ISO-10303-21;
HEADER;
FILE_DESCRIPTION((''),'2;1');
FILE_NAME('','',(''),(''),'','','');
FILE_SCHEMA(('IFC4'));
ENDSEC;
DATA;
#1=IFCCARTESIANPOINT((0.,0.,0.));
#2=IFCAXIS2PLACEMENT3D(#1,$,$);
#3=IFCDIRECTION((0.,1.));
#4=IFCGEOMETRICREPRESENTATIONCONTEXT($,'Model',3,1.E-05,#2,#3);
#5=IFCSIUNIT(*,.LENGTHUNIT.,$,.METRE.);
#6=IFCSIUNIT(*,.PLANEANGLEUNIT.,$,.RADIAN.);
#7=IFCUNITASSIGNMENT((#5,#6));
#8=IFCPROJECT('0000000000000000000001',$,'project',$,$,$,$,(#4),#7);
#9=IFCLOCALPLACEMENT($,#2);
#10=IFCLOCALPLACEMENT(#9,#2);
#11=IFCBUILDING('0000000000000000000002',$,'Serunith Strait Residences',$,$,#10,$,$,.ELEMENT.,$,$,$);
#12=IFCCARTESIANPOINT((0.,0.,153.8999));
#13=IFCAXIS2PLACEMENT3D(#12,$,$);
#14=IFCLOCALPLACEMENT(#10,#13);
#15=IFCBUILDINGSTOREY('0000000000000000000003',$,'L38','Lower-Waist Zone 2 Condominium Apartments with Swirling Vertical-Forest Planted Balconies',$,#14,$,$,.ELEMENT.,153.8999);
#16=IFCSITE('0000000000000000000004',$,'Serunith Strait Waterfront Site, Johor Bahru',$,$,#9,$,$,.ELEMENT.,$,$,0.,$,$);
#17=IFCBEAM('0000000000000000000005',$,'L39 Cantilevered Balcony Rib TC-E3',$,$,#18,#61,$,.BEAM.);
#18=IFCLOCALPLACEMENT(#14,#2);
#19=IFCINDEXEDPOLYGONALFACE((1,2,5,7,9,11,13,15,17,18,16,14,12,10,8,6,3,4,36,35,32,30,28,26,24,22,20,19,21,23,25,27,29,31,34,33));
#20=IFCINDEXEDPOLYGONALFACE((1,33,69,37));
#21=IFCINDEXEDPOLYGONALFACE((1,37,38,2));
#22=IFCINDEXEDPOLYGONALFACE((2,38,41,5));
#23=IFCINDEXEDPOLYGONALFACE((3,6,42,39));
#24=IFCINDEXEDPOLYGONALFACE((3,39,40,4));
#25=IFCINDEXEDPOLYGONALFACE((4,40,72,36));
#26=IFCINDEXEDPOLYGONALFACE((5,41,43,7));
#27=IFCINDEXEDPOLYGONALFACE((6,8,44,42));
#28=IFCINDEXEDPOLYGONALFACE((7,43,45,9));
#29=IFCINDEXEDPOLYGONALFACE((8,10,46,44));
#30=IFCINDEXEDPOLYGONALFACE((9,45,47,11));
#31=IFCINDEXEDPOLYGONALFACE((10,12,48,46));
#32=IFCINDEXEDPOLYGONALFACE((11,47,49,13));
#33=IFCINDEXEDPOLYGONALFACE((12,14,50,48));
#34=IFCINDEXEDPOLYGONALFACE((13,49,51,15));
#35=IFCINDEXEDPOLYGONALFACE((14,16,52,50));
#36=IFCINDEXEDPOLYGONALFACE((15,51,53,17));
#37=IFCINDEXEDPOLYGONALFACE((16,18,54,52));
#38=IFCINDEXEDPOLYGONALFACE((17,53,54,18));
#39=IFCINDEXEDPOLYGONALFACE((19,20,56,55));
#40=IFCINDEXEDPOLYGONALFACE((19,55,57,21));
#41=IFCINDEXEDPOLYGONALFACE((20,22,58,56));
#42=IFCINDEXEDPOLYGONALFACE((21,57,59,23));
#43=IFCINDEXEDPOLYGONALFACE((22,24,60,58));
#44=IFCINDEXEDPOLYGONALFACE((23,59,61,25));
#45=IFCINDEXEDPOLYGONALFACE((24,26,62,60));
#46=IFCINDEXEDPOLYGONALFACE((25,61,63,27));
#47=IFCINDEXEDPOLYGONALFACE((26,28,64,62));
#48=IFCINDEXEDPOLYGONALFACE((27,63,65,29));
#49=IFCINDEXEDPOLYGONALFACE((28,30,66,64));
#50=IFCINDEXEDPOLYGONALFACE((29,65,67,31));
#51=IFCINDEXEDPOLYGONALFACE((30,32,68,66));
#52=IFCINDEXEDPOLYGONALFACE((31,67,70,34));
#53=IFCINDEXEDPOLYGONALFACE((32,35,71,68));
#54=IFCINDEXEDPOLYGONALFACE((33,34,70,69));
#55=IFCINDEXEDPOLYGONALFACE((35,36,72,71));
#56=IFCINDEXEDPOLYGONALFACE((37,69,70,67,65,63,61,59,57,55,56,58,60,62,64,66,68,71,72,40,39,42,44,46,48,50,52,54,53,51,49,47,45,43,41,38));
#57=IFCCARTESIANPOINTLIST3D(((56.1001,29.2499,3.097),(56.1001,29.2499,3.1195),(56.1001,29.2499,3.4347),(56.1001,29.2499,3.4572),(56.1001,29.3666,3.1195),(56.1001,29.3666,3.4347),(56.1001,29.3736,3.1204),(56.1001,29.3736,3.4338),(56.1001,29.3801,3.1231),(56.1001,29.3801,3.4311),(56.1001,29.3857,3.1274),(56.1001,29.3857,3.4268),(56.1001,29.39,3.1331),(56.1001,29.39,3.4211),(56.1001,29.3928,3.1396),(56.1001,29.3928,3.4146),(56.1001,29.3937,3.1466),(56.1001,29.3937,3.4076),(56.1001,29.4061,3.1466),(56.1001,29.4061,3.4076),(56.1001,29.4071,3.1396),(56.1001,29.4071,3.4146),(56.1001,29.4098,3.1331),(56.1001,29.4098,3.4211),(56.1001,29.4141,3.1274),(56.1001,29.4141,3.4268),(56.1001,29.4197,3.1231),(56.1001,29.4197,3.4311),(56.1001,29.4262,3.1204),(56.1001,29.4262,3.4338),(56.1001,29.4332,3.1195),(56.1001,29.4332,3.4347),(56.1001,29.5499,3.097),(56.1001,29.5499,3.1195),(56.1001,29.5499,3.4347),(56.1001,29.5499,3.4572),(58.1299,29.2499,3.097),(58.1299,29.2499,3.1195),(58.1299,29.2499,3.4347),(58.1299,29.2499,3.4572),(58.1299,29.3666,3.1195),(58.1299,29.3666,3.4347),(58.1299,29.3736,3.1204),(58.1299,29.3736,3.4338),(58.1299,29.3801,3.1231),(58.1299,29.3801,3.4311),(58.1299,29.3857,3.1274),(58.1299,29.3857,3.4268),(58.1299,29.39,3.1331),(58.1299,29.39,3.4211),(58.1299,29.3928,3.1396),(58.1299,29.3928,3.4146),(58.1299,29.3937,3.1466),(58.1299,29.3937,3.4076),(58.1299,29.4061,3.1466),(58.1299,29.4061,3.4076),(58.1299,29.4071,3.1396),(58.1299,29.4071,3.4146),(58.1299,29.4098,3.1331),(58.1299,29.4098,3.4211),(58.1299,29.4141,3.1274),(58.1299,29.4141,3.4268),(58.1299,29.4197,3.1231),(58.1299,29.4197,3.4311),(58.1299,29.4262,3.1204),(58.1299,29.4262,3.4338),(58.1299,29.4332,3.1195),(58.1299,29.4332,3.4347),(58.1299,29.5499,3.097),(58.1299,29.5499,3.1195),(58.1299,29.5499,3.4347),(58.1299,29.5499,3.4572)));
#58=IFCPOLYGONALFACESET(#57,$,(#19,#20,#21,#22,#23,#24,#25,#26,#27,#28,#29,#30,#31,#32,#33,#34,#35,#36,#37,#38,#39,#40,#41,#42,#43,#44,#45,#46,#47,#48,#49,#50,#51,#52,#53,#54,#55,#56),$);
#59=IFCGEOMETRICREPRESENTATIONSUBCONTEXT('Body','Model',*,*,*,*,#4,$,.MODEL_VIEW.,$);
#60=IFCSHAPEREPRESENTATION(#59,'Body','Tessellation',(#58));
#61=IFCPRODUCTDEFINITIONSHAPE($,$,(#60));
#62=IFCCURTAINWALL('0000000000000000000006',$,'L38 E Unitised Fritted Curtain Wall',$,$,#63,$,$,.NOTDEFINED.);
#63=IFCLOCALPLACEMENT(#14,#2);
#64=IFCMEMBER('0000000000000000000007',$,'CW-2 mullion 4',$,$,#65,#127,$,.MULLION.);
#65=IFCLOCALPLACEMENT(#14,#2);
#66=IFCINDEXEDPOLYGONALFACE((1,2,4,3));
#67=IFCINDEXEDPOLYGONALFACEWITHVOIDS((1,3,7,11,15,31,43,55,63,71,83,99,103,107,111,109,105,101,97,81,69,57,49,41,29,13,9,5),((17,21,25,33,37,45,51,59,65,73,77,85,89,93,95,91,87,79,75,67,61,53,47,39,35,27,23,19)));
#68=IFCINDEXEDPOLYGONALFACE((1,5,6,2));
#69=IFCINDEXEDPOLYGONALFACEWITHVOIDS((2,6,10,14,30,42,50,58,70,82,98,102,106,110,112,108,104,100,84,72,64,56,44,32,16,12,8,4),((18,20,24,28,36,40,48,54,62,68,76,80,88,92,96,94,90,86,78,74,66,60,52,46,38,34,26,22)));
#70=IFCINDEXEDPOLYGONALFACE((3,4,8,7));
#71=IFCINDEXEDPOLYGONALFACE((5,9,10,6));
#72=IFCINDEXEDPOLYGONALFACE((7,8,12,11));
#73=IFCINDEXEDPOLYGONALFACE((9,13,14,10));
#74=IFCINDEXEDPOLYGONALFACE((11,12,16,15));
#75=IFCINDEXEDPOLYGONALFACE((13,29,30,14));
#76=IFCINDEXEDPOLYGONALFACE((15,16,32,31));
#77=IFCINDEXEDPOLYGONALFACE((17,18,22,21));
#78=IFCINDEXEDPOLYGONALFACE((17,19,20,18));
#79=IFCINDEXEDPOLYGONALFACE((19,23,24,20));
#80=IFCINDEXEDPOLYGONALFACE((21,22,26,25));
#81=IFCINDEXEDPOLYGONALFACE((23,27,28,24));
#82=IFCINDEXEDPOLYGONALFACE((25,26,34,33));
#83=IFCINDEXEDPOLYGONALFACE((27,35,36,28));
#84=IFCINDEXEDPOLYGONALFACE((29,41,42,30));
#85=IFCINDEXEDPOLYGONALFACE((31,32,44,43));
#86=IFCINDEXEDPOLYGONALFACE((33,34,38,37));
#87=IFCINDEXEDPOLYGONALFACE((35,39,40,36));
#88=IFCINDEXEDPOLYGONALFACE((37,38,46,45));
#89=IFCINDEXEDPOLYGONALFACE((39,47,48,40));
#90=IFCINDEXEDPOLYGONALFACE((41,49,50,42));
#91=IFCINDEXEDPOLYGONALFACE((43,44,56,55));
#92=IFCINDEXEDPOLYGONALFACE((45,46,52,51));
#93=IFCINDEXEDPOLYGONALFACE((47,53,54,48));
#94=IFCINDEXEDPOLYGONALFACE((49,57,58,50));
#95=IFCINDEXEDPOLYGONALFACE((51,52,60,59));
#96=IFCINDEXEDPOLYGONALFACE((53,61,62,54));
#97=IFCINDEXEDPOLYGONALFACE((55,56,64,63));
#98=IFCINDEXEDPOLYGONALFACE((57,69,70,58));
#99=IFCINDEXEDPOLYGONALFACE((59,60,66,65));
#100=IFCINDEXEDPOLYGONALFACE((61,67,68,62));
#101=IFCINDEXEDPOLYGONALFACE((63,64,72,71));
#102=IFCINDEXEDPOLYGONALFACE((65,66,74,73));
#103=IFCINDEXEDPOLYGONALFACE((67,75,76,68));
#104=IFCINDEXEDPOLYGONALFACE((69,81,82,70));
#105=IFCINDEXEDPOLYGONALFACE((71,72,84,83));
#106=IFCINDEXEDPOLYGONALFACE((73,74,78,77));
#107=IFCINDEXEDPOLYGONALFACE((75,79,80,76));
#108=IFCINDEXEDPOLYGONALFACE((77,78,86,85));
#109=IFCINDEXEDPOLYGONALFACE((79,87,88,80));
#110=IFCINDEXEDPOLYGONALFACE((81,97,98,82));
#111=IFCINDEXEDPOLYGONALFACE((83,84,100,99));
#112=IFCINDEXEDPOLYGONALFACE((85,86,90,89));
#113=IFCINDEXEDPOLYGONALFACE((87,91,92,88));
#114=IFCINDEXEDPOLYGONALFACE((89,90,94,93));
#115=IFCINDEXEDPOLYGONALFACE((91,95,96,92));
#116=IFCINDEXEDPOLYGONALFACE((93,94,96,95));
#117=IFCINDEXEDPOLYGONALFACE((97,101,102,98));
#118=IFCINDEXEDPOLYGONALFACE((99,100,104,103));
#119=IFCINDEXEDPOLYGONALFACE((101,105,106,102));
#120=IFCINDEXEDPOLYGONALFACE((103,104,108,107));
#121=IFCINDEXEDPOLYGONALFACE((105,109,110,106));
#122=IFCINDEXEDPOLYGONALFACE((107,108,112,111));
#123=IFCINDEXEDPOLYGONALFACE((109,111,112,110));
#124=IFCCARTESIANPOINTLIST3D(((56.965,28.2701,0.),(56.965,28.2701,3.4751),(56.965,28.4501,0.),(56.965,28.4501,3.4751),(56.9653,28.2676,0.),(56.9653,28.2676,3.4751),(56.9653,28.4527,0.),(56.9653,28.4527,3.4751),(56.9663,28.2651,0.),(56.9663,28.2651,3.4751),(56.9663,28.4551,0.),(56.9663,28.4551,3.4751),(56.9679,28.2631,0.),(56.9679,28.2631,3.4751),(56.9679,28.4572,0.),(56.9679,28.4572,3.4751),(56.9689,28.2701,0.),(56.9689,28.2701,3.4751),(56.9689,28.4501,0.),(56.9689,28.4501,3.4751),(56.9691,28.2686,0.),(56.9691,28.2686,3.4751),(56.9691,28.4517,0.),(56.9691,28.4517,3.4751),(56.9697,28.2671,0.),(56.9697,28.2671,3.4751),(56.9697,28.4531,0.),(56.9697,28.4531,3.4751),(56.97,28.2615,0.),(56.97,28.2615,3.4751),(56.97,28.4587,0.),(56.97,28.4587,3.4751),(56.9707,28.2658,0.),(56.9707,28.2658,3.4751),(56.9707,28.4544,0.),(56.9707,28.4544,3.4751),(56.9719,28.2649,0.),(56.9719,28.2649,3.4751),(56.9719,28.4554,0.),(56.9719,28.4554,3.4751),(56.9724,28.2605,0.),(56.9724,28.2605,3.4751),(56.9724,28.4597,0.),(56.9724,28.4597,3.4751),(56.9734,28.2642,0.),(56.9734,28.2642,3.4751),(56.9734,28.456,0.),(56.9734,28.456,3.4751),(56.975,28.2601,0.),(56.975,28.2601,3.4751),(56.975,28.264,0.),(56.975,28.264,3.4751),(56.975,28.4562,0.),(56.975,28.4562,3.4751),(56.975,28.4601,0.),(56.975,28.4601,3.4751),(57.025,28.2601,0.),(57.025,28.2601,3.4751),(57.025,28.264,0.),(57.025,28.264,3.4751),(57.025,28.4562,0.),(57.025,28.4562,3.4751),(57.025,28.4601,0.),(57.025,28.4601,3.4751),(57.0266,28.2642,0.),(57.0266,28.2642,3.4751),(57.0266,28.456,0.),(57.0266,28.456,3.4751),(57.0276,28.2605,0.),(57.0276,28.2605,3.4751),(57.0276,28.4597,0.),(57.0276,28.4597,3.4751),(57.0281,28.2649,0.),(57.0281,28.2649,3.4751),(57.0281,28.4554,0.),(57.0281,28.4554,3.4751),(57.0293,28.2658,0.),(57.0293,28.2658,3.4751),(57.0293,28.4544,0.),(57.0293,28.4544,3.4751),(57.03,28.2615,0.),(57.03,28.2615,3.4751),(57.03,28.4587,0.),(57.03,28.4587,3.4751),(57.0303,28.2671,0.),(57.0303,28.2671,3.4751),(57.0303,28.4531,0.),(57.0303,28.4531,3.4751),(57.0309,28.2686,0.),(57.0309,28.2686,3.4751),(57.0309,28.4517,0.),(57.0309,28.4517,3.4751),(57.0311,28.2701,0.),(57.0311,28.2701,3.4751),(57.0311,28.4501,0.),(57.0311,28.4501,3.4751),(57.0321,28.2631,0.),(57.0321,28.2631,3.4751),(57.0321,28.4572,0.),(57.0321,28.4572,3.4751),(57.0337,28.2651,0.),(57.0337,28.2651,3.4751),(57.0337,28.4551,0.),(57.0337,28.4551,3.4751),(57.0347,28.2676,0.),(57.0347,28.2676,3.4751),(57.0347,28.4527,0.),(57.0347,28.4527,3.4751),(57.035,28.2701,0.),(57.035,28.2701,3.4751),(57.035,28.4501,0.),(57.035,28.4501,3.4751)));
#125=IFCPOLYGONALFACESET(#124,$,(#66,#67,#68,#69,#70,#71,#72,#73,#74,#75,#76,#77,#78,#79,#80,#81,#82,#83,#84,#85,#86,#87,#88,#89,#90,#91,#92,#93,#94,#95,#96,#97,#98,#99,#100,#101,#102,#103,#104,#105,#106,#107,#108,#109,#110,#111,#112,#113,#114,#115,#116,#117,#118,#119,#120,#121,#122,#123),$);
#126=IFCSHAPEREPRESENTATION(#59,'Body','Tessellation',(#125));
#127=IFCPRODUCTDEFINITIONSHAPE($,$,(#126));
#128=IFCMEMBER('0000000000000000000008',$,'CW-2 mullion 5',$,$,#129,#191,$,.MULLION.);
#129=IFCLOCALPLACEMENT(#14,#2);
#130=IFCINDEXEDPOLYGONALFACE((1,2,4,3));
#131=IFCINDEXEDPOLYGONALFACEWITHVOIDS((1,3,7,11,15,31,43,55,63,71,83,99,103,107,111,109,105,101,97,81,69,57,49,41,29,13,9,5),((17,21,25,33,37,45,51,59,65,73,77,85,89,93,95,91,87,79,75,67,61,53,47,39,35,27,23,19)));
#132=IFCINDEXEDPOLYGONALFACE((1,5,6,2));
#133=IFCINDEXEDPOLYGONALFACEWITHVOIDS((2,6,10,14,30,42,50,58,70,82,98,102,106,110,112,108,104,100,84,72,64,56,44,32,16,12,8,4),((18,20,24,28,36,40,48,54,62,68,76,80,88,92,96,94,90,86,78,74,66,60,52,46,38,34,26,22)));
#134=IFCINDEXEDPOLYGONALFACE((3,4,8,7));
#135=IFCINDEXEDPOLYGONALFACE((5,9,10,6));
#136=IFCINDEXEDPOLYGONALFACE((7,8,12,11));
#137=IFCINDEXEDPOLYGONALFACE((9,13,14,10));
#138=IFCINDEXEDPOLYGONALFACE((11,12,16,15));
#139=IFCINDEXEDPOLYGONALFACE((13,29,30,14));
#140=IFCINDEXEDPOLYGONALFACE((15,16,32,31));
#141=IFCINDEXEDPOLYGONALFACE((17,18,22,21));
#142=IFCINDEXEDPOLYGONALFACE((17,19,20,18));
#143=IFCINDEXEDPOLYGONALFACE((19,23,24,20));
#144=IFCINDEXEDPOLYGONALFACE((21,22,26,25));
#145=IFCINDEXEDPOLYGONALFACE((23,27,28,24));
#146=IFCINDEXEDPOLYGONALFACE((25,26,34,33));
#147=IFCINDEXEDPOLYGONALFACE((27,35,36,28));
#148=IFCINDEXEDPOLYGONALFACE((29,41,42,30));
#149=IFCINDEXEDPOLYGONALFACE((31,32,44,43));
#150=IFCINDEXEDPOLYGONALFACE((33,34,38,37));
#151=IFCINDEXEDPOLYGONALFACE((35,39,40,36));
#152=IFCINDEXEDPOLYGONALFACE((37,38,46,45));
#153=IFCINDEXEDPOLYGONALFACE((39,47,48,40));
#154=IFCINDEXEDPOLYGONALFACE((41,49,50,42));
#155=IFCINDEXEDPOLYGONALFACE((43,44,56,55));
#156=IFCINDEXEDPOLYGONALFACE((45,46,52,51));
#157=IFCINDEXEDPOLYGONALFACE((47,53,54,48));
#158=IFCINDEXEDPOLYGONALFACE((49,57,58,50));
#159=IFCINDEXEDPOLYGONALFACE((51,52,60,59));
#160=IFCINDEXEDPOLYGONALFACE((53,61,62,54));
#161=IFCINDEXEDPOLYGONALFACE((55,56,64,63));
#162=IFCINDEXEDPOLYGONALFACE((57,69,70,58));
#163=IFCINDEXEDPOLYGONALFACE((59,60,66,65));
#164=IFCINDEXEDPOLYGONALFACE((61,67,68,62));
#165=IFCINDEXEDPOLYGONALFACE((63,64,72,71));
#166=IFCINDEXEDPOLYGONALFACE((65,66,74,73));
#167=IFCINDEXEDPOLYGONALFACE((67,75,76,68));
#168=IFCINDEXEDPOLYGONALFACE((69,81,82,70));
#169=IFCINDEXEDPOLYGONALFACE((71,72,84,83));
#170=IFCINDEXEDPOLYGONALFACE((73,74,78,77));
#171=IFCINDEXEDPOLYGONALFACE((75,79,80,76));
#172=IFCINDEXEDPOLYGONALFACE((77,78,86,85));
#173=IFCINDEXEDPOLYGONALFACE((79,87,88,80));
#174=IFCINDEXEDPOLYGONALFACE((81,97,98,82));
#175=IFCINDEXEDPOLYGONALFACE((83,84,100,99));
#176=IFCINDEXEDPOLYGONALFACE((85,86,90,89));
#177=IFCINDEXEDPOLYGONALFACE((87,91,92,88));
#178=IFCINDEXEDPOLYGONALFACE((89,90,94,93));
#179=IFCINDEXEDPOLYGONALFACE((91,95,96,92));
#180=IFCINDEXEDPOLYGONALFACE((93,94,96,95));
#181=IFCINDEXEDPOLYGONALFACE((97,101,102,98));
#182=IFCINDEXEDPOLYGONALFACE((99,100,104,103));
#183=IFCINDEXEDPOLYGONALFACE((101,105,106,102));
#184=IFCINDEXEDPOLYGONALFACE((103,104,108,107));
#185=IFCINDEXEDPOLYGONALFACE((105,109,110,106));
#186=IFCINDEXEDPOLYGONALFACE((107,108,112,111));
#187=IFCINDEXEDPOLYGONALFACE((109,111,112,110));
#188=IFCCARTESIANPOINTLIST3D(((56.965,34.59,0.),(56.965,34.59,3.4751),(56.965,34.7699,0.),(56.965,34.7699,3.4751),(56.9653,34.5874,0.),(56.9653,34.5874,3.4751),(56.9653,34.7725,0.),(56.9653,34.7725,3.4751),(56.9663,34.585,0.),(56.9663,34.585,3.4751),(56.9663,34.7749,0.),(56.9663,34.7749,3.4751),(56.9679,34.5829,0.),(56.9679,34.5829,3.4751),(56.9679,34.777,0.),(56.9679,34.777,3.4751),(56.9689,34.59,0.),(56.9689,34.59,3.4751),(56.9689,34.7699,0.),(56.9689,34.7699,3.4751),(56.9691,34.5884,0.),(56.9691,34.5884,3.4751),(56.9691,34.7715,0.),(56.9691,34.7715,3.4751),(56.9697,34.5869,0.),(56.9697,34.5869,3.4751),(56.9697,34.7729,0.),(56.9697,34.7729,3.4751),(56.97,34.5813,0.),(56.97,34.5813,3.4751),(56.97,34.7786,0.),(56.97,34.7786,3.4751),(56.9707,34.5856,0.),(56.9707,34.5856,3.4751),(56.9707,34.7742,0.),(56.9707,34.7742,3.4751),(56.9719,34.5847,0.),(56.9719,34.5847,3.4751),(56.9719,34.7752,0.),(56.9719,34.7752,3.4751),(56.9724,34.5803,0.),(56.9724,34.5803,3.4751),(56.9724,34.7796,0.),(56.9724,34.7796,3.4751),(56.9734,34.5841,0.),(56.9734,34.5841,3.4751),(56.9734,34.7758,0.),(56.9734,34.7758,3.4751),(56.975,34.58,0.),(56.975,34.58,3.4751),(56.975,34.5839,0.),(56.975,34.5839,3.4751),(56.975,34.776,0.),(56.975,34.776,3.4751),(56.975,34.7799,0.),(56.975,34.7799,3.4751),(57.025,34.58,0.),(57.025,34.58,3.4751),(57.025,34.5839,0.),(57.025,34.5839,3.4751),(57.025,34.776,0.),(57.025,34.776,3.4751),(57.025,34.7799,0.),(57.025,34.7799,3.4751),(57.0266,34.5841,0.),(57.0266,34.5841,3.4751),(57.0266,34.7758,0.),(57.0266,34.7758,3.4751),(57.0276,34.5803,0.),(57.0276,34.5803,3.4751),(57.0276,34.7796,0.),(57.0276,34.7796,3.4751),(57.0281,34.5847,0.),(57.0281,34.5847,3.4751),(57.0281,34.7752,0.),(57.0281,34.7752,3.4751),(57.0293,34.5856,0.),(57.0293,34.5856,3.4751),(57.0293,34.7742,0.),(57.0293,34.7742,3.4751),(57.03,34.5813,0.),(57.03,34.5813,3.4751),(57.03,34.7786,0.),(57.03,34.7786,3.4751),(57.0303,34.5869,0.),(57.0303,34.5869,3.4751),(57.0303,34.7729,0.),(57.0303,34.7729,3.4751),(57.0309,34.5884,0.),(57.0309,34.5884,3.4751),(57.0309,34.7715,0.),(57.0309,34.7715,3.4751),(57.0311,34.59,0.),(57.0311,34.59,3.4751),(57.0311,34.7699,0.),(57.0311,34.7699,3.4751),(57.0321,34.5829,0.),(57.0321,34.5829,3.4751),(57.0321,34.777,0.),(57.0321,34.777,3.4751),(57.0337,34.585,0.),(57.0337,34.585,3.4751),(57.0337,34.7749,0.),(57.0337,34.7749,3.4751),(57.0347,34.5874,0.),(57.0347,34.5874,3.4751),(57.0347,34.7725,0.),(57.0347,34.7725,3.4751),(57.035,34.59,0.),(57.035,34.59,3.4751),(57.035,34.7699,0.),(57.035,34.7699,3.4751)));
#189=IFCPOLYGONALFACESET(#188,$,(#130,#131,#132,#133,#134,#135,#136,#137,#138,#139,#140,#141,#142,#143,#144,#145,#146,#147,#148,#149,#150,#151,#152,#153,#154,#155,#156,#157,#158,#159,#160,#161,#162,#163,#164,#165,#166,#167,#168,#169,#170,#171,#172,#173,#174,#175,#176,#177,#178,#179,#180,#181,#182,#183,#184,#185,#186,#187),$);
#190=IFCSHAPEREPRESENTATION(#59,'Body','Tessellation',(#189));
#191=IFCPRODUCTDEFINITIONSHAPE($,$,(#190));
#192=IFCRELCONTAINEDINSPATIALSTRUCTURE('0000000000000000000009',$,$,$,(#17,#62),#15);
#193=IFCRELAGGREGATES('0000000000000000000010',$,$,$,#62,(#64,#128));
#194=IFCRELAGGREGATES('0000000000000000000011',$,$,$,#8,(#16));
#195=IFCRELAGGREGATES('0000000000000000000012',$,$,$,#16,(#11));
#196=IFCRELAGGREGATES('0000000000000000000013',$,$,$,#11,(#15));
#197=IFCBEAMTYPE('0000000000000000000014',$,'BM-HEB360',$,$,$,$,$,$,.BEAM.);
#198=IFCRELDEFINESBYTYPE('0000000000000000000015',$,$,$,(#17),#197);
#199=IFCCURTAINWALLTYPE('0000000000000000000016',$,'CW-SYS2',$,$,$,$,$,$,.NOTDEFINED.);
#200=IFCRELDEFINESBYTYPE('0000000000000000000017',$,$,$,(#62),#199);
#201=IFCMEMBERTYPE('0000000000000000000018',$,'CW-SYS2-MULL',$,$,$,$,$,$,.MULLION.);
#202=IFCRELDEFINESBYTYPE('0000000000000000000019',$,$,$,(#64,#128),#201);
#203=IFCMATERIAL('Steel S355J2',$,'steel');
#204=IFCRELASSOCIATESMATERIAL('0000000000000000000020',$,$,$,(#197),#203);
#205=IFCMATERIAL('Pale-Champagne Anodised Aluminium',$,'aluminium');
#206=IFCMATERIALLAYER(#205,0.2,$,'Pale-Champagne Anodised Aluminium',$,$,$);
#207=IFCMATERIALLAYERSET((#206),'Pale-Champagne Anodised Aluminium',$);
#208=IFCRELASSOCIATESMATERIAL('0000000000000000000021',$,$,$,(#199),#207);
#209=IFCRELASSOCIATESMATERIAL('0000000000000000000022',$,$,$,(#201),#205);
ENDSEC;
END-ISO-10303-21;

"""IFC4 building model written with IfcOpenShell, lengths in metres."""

from ifc_helpers import new_model, si_unit, direction, frame, origin, origin_2d, place, context, subcontext, project, spatial, hollow_rectangle, i_section, extrude, source, transform, mapped, material, layer, layer_set, material_profile, profile_set, type_object, element, aggregate, save


model = new_model("IFC4")

# Units and contexts
model_context = context("Model", 3, precision=1e-05, world=origin(), true_north=direction((0.0, 1.0)))
body_context = subcontext(model_context, "Body", "Model", "MODEL_VIEW")
ifc_project = project(units=[si_unit("LENGTHUNIT", "METRE"), si_unit("PLANEANGLEUNIT", "RADIAN")], contexts=[model_context])

# Site, building, storey
site_placement = place(None, origin())
site = spatial("IfcSite", under=ifc_project, at=site_placement, Name="Serunith Strait Waterfront Site, Johor Bahru", CompositionType="ELEMENT", RefElevation=0.0)
building_placement = place(site_placement, origin())
building = spatial("IfcBuilding", under=site, at=building_placement, Name="Serunith Strait Residences", CompositionType="ELEMENT")
storey_placement = place(building_placement, frame((0.0, 0.0, 153.8999)))
storey = spatial("IfcBuildingStorey", under=building, at=storey_placement, Name="L38", Description="Lower-Waist Zone 2 Condominium Apartments with Swirling Vertical-Forest Planted Balconies", CompositionType="ELEMENT", Elevation=153.8999)

# Beam
ifc_material_1 = material(Name="Steel S355J2", Category="steel")
ifc_material_profile_1 = material_profile(ifc_material_1, i_section(OverallWidth=0.3, OverallDepth=0.3601, WebThickness=0.0125, FlangeThickness=0.0225, FilletRadius=0.0271, at=origin_2d()), Name="HEB 360")
ifc_profile_set_1 = profile_set([ifc_material_profile_1], Name="Steel S355J2")
beam_type_1 = type_object("IfcBeamType", Name="BM-HEB360", PredefinedType="BEAM", material=ifc_profile_set_1)
shared_shape_1 = source(origin(), body_context, "Body", "SweptSolid", [
    extrude(i_section(OverallWidth=0.3, OverallDepth=0.3601, WebThickness=0.0125, FlangeThickness=0.0225, FilletRadius=0.0271, at=origin_2d()), origin(), (0.0, 0.0, 1.0), 2.0298),
])
beam_1_placement = place(storey_placement, frame((56.1001, 29.3999, 3.2771), z_axis=(1.0, 0.0, 0.0), x_axis=(0.0, 1.0, 0.0)))
element("IfcBeam", 1, at=beam_1_placement, inside=storey, type_object=beam_type_1, Name="L39 Cantilevered Balcony Rib TC-E3", PredefinedType="BEAM", context=body_context, shape_type="MappedRepresentation", body=[
    mapped(shared_shape_1, transform((0.0, 0.0, 0.0), scale=1.0)),
])

# Curtain wall, members
ifc_material_2 = material(Name="Pale-Champagne Anodised Aluminium", Category="aluminium")
ifc_layer_1 = layer(ifc_material_2, 0.2, Name="Pale-Champagne Anodised Aluminium")
ifc_layer_set_1 = layer_set([ifc_layer_1], Name="Pale-Champagne Anodised Aluminium")
curtain_wall_type = type_object("IfcCurtainWallType", Name="CW-SYS2", PredefinedType="NOTDEFINED", material=ifc_layer_set_1)
curtain_wall_placement = place(storey_placement, origin())
curtain_wall = element("IfcCurtainWall", 2, at=curtain_wall_placement, inside=storey, type_object=curtain_wall_type, Name="L38 E Unitised Fritted Curtain Wall", PredefinedType="NOTDEFINED")
ifc_material_profile_2 = material_profile(ifc_material_2, hollow_rectangle(XDim=0.0701, YDim=0.2, WallThickness=0.0039, InnerFilletRadius=0.0061, OuterFilletRadius=0.01, at=origin_2d()), Name="ALU 200x70x4")
ifc_profile_set_2 = profile_set([ifc_material_profile_2], Name="Pale-Champagne Anodised Aluminium")
member_type_1 = type_object("IfcMemberType", Name="CW-SYS2-MULL", PredefinedType="MULLION", material=ifc_profile_set_2)
shared_shape_2 = source(origin(), body_context, "Body", "SweptSolid", [
    extrude(hollow_rectangle(XDim=0.0701, YDim=0.2, WallThickness=0.0039, InnerFilletRadius=0.0061, OuterFilletRadius=0.01, at=origin_2d()), origin(), (0.0, 0.0, 1.0), 3.4751),
])
member_1_placement = place(storey_placement, frame((57.0, 28.3601, 0.0), z_axis=(0.0, 0.0, 1.0), x_axis=(-1.0, 0.0, 0.0)))
member_1 = element("IfcMember", 3, at=member_1_placement, type_object=member_type_1, Name="CW-2 mullion 4", PredefinedType="MULLION", context=body_context, shape_type="MappedRepresentation", body=[
    mapped(shared_shape_2, transform((0.0, 0.0, 0.0), scale=1.0)),
])
member_2_placement = place(storey_placement, frame((57.0, 34.6799, 0.0), z_axis=(0.0, 0.0, 1.0), x_axis=(-1.0, 0.0, 0.0)))
member_2 = element("IfcMember", 4, at=member_2_placement, type_object=member_type_1, Name="CW-2 mullion 5", PredefinedType="MULLION", context=body_context, shape_type="MappedRepresentation", body=[
    mapped(shared_shape_2, transform((0.0, 0.0, 0.0), scale=1.0)),
])
aggregate(curtain_wall, [member_1, member_2])

save(model, "model.ifc")
